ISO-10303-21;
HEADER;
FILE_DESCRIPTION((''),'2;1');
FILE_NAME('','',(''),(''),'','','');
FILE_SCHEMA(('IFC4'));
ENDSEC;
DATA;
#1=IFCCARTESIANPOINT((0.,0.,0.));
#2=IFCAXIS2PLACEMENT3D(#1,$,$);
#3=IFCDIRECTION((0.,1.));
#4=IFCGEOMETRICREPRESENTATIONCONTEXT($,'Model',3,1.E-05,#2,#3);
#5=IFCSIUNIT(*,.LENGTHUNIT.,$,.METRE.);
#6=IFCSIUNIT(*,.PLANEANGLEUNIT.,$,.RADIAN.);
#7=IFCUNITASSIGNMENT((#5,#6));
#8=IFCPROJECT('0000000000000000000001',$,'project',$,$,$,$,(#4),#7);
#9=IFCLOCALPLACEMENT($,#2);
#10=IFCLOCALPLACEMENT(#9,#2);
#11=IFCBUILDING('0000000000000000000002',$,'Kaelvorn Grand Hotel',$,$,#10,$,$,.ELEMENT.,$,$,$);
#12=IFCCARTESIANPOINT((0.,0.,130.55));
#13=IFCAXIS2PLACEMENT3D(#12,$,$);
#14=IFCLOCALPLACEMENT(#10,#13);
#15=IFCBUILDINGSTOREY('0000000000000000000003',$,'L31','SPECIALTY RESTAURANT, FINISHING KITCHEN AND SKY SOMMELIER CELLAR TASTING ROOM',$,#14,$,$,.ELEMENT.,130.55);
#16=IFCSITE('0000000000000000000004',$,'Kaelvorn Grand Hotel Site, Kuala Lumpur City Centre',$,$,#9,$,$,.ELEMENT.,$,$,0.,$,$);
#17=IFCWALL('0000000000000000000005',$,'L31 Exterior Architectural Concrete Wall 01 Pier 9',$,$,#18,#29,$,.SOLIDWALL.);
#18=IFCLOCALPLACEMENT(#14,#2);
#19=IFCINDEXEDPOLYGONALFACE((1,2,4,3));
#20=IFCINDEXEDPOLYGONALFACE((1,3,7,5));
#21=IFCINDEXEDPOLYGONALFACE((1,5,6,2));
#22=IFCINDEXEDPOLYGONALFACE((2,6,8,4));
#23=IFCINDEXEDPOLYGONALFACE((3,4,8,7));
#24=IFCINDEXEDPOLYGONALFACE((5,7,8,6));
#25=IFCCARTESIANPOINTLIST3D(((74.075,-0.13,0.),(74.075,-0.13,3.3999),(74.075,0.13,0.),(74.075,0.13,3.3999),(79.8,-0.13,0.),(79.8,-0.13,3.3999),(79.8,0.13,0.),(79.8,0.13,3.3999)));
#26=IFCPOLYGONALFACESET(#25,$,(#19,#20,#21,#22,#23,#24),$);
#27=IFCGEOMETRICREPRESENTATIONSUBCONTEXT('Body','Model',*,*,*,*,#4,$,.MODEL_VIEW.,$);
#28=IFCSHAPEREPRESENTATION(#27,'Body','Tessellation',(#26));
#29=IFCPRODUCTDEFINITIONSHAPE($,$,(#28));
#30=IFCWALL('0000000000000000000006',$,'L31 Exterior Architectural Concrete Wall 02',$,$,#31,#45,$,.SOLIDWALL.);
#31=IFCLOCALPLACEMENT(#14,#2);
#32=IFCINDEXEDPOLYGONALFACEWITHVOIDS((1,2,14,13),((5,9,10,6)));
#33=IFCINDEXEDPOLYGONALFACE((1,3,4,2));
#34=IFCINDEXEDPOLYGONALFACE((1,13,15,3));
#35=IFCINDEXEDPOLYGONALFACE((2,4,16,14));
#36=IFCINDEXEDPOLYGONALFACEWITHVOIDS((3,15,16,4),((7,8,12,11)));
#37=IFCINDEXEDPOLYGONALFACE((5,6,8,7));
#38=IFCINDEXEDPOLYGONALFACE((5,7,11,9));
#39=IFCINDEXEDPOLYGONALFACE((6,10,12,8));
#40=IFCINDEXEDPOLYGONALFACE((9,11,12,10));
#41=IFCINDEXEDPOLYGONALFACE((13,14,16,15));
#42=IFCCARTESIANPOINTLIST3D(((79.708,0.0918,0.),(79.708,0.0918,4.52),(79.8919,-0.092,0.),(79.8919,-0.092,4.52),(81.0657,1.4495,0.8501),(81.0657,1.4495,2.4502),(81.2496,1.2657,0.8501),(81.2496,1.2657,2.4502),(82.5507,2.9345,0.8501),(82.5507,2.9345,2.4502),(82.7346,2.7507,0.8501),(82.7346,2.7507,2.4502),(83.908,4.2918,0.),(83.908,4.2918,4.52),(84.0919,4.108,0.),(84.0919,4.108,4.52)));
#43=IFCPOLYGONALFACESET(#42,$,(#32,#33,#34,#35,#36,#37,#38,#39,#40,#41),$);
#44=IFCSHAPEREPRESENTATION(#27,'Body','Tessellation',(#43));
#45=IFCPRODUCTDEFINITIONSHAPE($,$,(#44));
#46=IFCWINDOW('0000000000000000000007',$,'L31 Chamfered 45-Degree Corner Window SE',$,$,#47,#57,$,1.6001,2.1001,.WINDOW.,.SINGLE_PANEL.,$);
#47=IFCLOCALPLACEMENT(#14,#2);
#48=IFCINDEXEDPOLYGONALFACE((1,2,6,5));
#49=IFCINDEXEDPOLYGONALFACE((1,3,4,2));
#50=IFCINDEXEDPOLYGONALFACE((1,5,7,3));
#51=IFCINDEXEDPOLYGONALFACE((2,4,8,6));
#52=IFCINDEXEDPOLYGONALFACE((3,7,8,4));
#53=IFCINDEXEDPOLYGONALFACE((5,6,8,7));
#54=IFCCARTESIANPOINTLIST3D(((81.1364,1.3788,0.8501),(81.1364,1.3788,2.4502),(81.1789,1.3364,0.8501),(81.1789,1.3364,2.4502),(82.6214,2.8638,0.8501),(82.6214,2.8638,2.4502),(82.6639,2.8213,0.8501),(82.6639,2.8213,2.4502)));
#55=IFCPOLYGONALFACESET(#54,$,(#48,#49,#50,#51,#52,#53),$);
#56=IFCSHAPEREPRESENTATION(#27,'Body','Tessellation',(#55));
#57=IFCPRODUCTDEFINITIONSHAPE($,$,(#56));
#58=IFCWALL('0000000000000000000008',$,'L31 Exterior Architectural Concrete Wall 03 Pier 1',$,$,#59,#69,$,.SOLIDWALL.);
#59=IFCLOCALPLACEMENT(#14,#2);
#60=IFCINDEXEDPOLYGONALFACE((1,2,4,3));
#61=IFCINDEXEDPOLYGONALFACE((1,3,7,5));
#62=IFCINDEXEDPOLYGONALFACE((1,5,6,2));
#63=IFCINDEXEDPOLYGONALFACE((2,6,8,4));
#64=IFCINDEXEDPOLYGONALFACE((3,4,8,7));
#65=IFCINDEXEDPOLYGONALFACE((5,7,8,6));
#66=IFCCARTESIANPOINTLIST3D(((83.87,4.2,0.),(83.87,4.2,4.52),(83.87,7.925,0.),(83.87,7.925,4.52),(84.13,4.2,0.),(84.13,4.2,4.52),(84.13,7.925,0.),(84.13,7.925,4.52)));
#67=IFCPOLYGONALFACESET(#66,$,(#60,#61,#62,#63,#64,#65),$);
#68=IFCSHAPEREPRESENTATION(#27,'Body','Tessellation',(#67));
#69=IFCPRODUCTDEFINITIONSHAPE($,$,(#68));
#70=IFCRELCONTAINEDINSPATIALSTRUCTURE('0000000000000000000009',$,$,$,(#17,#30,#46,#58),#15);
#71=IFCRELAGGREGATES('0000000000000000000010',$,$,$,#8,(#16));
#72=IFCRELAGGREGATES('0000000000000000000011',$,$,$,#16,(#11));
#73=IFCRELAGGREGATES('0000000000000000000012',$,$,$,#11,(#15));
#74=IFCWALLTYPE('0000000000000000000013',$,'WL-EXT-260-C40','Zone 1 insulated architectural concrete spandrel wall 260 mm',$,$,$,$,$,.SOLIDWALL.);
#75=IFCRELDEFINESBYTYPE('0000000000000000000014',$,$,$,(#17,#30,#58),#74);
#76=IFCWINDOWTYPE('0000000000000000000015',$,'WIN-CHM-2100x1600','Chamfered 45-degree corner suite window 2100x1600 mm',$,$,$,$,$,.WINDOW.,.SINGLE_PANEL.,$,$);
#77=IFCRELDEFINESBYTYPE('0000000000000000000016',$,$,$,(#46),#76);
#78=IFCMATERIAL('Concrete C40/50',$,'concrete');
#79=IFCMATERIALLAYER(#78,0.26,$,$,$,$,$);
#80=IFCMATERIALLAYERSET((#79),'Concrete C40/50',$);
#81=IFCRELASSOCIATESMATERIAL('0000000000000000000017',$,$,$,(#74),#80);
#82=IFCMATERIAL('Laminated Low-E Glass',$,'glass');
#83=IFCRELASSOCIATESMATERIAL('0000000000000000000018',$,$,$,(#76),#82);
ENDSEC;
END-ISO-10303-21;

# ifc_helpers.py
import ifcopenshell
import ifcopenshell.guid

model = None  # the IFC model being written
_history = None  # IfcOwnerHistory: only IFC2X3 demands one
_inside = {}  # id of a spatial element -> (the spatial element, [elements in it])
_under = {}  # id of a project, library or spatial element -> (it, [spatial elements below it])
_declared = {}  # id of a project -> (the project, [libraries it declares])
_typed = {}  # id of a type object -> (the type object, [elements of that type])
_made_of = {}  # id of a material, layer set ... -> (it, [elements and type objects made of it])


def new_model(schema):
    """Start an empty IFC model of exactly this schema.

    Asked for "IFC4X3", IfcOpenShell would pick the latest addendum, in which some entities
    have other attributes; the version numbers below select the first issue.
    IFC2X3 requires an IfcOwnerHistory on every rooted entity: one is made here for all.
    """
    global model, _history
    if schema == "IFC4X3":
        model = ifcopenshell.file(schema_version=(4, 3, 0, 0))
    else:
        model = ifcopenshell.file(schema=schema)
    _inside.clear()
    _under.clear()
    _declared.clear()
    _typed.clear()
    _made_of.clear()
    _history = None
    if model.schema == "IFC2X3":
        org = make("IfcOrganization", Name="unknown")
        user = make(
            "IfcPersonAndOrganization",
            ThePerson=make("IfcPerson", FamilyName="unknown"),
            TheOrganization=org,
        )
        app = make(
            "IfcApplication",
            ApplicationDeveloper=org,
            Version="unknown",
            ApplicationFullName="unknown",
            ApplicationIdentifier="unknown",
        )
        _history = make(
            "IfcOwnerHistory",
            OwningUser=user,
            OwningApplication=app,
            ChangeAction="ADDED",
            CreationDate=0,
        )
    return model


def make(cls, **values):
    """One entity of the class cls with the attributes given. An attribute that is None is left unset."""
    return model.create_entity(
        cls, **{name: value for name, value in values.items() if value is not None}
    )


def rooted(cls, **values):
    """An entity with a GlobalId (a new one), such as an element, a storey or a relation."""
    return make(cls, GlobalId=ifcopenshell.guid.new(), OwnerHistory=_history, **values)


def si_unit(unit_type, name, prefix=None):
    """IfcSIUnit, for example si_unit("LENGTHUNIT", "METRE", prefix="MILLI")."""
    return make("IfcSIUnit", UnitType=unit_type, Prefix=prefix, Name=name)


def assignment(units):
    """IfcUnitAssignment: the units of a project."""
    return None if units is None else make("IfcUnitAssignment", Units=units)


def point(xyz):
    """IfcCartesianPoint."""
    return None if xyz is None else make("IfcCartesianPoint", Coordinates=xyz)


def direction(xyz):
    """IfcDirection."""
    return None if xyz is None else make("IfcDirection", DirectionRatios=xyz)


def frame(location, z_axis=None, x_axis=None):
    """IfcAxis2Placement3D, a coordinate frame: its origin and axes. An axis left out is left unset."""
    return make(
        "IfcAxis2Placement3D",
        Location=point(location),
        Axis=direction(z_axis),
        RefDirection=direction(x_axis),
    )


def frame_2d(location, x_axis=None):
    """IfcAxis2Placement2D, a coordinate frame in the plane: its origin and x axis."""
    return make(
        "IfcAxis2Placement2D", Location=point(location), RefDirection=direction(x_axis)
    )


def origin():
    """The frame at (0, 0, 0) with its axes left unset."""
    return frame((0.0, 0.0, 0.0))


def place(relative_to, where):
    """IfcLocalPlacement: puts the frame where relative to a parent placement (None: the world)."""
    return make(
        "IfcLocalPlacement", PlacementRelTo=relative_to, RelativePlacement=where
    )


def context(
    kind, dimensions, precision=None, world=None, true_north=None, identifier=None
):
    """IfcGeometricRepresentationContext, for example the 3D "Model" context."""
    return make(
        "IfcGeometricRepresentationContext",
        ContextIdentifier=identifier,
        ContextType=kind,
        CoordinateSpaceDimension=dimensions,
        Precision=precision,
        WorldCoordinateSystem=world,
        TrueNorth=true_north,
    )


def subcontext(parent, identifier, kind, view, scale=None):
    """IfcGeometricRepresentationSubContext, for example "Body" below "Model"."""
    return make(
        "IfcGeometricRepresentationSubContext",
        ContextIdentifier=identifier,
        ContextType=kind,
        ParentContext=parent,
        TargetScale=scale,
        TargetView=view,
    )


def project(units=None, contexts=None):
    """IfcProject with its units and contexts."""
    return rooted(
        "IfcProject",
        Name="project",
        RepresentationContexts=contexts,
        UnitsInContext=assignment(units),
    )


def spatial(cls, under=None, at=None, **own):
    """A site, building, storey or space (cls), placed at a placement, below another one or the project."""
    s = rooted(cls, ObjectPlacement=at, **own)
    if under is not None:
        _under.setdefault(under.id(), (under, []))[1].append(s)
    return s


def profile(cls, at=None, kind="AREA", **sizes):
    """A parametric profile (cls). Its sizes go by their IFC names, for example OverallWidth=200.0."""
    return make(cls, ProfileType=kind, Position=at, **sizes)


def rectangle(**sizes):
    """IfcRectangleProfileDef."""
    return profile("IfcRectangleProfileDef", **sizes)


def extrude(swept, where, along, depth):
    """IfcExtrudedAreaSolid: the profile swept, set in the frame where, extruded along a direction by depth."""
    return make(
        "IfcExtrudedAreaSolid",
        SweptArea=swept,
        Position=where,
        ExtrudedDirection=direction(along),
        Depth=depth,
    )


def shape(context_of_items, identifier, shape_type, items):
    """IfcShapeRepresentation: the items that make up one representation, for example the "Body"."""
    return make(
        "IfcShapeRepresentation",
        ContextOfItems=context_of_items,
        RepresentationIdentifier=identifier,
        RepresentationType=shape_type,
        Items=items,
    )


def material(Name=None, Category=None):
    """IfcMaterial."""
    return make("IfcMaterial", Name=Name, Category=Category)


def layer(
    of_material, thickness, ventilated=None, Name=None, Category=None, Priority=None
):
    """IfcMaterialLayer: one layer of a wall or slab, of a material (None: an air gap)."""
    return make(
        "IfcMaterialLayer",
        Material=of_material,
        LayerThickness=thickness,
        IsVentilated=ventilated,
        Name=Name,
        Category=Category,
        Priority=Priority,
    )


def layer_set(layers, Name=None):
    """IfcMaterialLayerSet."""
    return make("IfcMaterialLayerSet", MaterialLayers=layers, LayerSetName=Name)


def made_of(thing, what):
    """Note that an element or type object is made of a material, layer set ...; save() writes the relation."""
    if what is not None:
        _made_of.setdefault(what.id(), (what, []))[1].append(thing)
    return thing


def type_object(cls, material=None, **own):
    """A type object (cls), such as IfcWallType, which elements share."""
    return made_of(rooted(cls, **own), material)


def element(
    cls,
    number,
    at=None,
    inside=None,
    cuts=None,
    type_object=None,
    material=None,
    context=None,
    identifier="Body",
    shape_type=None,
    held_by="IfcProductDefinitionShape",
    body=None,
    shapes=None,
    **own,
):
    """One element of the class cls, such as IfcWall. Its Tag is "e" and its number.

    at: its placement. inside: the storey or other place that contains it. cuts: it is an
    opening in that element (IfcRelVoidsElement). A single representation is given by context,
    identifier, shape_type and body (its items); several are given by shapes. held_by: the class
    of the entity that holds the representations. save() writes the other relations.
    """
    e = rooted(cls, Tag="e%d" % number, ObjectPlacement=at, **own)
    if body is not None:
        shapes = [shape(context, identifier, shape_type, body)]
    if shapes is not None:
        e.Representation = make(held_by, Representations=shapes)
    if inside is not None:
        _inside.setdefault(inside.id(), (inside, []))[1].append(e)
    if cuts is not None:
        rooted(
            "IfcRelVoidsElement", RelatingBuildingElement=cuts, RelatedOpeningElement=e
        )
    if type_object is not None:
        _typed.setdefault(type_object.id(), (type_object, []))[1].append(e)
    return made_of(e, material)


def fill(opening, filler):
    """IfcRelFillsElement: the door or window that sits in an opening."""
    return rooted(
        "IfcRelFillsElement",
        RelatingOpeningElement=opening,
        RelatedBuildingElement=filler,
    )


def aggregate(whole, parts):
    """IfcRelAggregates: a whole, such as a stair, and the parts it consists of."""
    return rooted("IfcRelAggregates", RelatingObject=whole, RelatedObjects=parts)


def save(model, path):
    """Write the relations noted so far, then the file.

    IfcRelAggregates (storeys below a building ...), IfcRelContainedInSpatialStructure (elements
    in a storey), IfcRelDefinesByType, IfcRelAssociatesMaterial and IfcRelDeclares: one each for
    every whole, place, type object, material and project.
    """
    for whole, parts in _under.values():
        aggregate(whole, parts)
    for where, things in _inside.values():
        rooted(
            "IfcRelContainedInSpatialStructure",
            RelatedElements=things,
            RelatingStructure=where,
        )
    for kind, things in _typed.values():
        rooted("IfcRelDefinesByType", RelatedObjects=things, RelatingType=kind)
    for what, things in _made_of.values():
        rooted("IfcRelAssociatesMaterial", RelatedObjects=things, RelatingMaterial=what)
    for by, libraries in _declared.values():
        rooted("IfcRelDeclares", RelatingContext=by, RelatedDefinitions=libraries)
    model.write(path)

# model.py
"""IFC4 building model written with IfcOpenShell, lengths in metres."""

from ifc_helpers import new_model, si_unit, direction, frame, frame_2d, origin, place, context, subcontext, project, spatial, rectangle, extrude, material, layer, layer_set, type_object, element, fill, save


model = new_model("IFC4")

# Units and contexts
model_context = context("Model", 3, precision=1e-05, world=origin(), true_north=direction((0.0, 1.0)))
body_context = subcontext(model_context, "Body", "Model", "MODEL_VIEW")
ifc_project = project(units=[si_unit("LENGTHUNIT", "METRE"), si_unit("PLANEANGLEUNIT", "RADIAN")], contexts=[model_context])

# Site, building, storey
site_placement = place(None, origin())
site = spatial("IfcSite", under=ifc_project, at=site_placement, Name="Kaelvorn Grand Hotel Site, Kuala Lumpur City Centre", CompositionType="ELEMENT", RefElevation=0.0)
building_placement = place(site_placement, origin())
building = spatial("IfcBuilding", under=site, at=building_placement, Name="Kaelvorn Grand Hotel", CompositionType="ELEMENT")
storey_placement = place(building_placement, frame((0.0, 0.0, 130.55)))
storey = spatial("IfcBuildingStorey", under=building, at=storey_placement, Name="L31", Description="SPECIALTY RESTAURANT, FINISHING KITCHEN AND SKY SOMMELIER CELLAR TASTING ROOM", CompositionType="ELEMENT", Elevation=130.55)

# Shared definitions
ifc_material_1 = material(Name="Concrete C40/50", Category="concrete")

# Shared definitions
ifc_material_2 = material(Name="Laminated Low-E Glass", Category="glass")

# Wall
ifc_layer_1 = layer(ifc_material_1, 0.26)
ifc_layer_set_1 = layer_set([ifc_layer_1], Name="Concrete C40/50")
wall_type = type_object("IfcWallType", Name="WL-EXT-260-C40", Description="Zone 1 insulated architectural concrete spandrel wall 260 mm", PredefinedType="SOLIDWALL", material=ifc_layer_set_1)
wall_1_placement = place(storey_placement, frame((74.075, 0.0, 0.0), z_axis=(0.0, 0.0, 1.0), x_axis=(1.0, 0.0, 0.0)))
element("IfcWall", 1, at=wall_1_placement, inside=storey, type_object=wall_type, Name="L31 Exterior Architectural Concrete Wall 01 Pier 9", PredefinedType="SOLIDWALL", context=body_context, shape_type="SweptSolid", body=[
    extrude(rectangle(XDim=5.7251, YDim=0.26, at=frame_2d((2.8625, 0.0))), origin(), (0.0, 0.0, 1.0), 3.3999),
])

# Wall, opening, window
wall_2_placement = place(storey_placement, frame((79.8, 0.0, 0.0), z_axis=(0.0, 0.0, 1.0), x_axis=(0.707107, 0.707107, 0.0)))
wall_2 = element("IfcWall", 2, at=wall_2_placement, inside=storey, type_object=wall_type, Name="L31 Exterior Architectural Concrete Wall 02", PredefinedType="SOLIDWALL", context=body_context, shape_type="SweptSolid", body=[
    extrude(rectangle(XDim=5.9397, YDim=0.26, at=frame_2d((2.9697, 0.0))), origin(), (0.0, 0.0, 1.0), 4.52),
])
opening_placement = place(wall_2_placement, frame((1.9199, 0.0, 0.8501)))
opening = element("IfcOpeningElement", 3, at=opening_placement, cuts=wall_2, PredefinedType="OPENING", context=body_context, shape_type="SweptSolid", body=[
    extrude(rectangle(XDim=2.1001, YDim=1.6001, at=frame_2d((1.05, 0.8))), frame((0.0, 0.1401, 0.0), z_axis=(0.0, -1.0, 0.0), x_axis=(1.0, 0.0, 0.0)), (0.0, 0.0, 1.0), 0.28),
])
window_type = type_object("IfcWindowType", Name="WIN-CHM-2100x1600", Description="Chamfered 45-degree corner suite window 2100x1600 mm", PartitioningType="SINGLE_PANEL", PredefinedType="WINDOW", material=ifc_material_2)
window_placement = place(opening_placement, origin())
window = element("IfcWindow", 4, at=window_placement, inside=storey, type_object=window_type, Name="L31 Chamfered 45-Degree Corner Window SE", OverallHeight=1.6001, OverallWidth=2.1001, PartitioningType="SINGLE_PANEL", PredefinedType="WINDOW", context=body_context, shape_type="SweptSolid", body=[
    extrude(rectangle(XDim=2.1001, YDim=1.6001, at=frame_2d((1.05, 0.8))), frame((0.0, 0.03, 0.0), z_axis=(0.0, -1.0, 0.0), x_axis=(1.0, 0.0, 0.0)), (0.0, 0.0, 1.0), 0.0601),
])
fill(opening, window)

# Wall
wall_3_placement = place(storey_placement, frame((84.0, 4.2, 0.0), z_axis=(0.0, 0.0, 1.0), x_axis=(0.0, 1.0, 0.0)))
element("IfcWall", 5, at=wall_3_placement, inside=storey, type_object=wall_type, Name="L31 Exterior Architectural Concrete Wall 03 Pier 1", PredefinedType="SOLIDWALL", context=body_context, shape_type="SweptSolid", body=[
    extrude(rectangle(XDim=3.7251, YDim=0.26, at=frame_2d((1.8625, 0.0))), origin(), (0.0, 0.0, 1.0), 4.52),
])

save(model, "model.ifc")
